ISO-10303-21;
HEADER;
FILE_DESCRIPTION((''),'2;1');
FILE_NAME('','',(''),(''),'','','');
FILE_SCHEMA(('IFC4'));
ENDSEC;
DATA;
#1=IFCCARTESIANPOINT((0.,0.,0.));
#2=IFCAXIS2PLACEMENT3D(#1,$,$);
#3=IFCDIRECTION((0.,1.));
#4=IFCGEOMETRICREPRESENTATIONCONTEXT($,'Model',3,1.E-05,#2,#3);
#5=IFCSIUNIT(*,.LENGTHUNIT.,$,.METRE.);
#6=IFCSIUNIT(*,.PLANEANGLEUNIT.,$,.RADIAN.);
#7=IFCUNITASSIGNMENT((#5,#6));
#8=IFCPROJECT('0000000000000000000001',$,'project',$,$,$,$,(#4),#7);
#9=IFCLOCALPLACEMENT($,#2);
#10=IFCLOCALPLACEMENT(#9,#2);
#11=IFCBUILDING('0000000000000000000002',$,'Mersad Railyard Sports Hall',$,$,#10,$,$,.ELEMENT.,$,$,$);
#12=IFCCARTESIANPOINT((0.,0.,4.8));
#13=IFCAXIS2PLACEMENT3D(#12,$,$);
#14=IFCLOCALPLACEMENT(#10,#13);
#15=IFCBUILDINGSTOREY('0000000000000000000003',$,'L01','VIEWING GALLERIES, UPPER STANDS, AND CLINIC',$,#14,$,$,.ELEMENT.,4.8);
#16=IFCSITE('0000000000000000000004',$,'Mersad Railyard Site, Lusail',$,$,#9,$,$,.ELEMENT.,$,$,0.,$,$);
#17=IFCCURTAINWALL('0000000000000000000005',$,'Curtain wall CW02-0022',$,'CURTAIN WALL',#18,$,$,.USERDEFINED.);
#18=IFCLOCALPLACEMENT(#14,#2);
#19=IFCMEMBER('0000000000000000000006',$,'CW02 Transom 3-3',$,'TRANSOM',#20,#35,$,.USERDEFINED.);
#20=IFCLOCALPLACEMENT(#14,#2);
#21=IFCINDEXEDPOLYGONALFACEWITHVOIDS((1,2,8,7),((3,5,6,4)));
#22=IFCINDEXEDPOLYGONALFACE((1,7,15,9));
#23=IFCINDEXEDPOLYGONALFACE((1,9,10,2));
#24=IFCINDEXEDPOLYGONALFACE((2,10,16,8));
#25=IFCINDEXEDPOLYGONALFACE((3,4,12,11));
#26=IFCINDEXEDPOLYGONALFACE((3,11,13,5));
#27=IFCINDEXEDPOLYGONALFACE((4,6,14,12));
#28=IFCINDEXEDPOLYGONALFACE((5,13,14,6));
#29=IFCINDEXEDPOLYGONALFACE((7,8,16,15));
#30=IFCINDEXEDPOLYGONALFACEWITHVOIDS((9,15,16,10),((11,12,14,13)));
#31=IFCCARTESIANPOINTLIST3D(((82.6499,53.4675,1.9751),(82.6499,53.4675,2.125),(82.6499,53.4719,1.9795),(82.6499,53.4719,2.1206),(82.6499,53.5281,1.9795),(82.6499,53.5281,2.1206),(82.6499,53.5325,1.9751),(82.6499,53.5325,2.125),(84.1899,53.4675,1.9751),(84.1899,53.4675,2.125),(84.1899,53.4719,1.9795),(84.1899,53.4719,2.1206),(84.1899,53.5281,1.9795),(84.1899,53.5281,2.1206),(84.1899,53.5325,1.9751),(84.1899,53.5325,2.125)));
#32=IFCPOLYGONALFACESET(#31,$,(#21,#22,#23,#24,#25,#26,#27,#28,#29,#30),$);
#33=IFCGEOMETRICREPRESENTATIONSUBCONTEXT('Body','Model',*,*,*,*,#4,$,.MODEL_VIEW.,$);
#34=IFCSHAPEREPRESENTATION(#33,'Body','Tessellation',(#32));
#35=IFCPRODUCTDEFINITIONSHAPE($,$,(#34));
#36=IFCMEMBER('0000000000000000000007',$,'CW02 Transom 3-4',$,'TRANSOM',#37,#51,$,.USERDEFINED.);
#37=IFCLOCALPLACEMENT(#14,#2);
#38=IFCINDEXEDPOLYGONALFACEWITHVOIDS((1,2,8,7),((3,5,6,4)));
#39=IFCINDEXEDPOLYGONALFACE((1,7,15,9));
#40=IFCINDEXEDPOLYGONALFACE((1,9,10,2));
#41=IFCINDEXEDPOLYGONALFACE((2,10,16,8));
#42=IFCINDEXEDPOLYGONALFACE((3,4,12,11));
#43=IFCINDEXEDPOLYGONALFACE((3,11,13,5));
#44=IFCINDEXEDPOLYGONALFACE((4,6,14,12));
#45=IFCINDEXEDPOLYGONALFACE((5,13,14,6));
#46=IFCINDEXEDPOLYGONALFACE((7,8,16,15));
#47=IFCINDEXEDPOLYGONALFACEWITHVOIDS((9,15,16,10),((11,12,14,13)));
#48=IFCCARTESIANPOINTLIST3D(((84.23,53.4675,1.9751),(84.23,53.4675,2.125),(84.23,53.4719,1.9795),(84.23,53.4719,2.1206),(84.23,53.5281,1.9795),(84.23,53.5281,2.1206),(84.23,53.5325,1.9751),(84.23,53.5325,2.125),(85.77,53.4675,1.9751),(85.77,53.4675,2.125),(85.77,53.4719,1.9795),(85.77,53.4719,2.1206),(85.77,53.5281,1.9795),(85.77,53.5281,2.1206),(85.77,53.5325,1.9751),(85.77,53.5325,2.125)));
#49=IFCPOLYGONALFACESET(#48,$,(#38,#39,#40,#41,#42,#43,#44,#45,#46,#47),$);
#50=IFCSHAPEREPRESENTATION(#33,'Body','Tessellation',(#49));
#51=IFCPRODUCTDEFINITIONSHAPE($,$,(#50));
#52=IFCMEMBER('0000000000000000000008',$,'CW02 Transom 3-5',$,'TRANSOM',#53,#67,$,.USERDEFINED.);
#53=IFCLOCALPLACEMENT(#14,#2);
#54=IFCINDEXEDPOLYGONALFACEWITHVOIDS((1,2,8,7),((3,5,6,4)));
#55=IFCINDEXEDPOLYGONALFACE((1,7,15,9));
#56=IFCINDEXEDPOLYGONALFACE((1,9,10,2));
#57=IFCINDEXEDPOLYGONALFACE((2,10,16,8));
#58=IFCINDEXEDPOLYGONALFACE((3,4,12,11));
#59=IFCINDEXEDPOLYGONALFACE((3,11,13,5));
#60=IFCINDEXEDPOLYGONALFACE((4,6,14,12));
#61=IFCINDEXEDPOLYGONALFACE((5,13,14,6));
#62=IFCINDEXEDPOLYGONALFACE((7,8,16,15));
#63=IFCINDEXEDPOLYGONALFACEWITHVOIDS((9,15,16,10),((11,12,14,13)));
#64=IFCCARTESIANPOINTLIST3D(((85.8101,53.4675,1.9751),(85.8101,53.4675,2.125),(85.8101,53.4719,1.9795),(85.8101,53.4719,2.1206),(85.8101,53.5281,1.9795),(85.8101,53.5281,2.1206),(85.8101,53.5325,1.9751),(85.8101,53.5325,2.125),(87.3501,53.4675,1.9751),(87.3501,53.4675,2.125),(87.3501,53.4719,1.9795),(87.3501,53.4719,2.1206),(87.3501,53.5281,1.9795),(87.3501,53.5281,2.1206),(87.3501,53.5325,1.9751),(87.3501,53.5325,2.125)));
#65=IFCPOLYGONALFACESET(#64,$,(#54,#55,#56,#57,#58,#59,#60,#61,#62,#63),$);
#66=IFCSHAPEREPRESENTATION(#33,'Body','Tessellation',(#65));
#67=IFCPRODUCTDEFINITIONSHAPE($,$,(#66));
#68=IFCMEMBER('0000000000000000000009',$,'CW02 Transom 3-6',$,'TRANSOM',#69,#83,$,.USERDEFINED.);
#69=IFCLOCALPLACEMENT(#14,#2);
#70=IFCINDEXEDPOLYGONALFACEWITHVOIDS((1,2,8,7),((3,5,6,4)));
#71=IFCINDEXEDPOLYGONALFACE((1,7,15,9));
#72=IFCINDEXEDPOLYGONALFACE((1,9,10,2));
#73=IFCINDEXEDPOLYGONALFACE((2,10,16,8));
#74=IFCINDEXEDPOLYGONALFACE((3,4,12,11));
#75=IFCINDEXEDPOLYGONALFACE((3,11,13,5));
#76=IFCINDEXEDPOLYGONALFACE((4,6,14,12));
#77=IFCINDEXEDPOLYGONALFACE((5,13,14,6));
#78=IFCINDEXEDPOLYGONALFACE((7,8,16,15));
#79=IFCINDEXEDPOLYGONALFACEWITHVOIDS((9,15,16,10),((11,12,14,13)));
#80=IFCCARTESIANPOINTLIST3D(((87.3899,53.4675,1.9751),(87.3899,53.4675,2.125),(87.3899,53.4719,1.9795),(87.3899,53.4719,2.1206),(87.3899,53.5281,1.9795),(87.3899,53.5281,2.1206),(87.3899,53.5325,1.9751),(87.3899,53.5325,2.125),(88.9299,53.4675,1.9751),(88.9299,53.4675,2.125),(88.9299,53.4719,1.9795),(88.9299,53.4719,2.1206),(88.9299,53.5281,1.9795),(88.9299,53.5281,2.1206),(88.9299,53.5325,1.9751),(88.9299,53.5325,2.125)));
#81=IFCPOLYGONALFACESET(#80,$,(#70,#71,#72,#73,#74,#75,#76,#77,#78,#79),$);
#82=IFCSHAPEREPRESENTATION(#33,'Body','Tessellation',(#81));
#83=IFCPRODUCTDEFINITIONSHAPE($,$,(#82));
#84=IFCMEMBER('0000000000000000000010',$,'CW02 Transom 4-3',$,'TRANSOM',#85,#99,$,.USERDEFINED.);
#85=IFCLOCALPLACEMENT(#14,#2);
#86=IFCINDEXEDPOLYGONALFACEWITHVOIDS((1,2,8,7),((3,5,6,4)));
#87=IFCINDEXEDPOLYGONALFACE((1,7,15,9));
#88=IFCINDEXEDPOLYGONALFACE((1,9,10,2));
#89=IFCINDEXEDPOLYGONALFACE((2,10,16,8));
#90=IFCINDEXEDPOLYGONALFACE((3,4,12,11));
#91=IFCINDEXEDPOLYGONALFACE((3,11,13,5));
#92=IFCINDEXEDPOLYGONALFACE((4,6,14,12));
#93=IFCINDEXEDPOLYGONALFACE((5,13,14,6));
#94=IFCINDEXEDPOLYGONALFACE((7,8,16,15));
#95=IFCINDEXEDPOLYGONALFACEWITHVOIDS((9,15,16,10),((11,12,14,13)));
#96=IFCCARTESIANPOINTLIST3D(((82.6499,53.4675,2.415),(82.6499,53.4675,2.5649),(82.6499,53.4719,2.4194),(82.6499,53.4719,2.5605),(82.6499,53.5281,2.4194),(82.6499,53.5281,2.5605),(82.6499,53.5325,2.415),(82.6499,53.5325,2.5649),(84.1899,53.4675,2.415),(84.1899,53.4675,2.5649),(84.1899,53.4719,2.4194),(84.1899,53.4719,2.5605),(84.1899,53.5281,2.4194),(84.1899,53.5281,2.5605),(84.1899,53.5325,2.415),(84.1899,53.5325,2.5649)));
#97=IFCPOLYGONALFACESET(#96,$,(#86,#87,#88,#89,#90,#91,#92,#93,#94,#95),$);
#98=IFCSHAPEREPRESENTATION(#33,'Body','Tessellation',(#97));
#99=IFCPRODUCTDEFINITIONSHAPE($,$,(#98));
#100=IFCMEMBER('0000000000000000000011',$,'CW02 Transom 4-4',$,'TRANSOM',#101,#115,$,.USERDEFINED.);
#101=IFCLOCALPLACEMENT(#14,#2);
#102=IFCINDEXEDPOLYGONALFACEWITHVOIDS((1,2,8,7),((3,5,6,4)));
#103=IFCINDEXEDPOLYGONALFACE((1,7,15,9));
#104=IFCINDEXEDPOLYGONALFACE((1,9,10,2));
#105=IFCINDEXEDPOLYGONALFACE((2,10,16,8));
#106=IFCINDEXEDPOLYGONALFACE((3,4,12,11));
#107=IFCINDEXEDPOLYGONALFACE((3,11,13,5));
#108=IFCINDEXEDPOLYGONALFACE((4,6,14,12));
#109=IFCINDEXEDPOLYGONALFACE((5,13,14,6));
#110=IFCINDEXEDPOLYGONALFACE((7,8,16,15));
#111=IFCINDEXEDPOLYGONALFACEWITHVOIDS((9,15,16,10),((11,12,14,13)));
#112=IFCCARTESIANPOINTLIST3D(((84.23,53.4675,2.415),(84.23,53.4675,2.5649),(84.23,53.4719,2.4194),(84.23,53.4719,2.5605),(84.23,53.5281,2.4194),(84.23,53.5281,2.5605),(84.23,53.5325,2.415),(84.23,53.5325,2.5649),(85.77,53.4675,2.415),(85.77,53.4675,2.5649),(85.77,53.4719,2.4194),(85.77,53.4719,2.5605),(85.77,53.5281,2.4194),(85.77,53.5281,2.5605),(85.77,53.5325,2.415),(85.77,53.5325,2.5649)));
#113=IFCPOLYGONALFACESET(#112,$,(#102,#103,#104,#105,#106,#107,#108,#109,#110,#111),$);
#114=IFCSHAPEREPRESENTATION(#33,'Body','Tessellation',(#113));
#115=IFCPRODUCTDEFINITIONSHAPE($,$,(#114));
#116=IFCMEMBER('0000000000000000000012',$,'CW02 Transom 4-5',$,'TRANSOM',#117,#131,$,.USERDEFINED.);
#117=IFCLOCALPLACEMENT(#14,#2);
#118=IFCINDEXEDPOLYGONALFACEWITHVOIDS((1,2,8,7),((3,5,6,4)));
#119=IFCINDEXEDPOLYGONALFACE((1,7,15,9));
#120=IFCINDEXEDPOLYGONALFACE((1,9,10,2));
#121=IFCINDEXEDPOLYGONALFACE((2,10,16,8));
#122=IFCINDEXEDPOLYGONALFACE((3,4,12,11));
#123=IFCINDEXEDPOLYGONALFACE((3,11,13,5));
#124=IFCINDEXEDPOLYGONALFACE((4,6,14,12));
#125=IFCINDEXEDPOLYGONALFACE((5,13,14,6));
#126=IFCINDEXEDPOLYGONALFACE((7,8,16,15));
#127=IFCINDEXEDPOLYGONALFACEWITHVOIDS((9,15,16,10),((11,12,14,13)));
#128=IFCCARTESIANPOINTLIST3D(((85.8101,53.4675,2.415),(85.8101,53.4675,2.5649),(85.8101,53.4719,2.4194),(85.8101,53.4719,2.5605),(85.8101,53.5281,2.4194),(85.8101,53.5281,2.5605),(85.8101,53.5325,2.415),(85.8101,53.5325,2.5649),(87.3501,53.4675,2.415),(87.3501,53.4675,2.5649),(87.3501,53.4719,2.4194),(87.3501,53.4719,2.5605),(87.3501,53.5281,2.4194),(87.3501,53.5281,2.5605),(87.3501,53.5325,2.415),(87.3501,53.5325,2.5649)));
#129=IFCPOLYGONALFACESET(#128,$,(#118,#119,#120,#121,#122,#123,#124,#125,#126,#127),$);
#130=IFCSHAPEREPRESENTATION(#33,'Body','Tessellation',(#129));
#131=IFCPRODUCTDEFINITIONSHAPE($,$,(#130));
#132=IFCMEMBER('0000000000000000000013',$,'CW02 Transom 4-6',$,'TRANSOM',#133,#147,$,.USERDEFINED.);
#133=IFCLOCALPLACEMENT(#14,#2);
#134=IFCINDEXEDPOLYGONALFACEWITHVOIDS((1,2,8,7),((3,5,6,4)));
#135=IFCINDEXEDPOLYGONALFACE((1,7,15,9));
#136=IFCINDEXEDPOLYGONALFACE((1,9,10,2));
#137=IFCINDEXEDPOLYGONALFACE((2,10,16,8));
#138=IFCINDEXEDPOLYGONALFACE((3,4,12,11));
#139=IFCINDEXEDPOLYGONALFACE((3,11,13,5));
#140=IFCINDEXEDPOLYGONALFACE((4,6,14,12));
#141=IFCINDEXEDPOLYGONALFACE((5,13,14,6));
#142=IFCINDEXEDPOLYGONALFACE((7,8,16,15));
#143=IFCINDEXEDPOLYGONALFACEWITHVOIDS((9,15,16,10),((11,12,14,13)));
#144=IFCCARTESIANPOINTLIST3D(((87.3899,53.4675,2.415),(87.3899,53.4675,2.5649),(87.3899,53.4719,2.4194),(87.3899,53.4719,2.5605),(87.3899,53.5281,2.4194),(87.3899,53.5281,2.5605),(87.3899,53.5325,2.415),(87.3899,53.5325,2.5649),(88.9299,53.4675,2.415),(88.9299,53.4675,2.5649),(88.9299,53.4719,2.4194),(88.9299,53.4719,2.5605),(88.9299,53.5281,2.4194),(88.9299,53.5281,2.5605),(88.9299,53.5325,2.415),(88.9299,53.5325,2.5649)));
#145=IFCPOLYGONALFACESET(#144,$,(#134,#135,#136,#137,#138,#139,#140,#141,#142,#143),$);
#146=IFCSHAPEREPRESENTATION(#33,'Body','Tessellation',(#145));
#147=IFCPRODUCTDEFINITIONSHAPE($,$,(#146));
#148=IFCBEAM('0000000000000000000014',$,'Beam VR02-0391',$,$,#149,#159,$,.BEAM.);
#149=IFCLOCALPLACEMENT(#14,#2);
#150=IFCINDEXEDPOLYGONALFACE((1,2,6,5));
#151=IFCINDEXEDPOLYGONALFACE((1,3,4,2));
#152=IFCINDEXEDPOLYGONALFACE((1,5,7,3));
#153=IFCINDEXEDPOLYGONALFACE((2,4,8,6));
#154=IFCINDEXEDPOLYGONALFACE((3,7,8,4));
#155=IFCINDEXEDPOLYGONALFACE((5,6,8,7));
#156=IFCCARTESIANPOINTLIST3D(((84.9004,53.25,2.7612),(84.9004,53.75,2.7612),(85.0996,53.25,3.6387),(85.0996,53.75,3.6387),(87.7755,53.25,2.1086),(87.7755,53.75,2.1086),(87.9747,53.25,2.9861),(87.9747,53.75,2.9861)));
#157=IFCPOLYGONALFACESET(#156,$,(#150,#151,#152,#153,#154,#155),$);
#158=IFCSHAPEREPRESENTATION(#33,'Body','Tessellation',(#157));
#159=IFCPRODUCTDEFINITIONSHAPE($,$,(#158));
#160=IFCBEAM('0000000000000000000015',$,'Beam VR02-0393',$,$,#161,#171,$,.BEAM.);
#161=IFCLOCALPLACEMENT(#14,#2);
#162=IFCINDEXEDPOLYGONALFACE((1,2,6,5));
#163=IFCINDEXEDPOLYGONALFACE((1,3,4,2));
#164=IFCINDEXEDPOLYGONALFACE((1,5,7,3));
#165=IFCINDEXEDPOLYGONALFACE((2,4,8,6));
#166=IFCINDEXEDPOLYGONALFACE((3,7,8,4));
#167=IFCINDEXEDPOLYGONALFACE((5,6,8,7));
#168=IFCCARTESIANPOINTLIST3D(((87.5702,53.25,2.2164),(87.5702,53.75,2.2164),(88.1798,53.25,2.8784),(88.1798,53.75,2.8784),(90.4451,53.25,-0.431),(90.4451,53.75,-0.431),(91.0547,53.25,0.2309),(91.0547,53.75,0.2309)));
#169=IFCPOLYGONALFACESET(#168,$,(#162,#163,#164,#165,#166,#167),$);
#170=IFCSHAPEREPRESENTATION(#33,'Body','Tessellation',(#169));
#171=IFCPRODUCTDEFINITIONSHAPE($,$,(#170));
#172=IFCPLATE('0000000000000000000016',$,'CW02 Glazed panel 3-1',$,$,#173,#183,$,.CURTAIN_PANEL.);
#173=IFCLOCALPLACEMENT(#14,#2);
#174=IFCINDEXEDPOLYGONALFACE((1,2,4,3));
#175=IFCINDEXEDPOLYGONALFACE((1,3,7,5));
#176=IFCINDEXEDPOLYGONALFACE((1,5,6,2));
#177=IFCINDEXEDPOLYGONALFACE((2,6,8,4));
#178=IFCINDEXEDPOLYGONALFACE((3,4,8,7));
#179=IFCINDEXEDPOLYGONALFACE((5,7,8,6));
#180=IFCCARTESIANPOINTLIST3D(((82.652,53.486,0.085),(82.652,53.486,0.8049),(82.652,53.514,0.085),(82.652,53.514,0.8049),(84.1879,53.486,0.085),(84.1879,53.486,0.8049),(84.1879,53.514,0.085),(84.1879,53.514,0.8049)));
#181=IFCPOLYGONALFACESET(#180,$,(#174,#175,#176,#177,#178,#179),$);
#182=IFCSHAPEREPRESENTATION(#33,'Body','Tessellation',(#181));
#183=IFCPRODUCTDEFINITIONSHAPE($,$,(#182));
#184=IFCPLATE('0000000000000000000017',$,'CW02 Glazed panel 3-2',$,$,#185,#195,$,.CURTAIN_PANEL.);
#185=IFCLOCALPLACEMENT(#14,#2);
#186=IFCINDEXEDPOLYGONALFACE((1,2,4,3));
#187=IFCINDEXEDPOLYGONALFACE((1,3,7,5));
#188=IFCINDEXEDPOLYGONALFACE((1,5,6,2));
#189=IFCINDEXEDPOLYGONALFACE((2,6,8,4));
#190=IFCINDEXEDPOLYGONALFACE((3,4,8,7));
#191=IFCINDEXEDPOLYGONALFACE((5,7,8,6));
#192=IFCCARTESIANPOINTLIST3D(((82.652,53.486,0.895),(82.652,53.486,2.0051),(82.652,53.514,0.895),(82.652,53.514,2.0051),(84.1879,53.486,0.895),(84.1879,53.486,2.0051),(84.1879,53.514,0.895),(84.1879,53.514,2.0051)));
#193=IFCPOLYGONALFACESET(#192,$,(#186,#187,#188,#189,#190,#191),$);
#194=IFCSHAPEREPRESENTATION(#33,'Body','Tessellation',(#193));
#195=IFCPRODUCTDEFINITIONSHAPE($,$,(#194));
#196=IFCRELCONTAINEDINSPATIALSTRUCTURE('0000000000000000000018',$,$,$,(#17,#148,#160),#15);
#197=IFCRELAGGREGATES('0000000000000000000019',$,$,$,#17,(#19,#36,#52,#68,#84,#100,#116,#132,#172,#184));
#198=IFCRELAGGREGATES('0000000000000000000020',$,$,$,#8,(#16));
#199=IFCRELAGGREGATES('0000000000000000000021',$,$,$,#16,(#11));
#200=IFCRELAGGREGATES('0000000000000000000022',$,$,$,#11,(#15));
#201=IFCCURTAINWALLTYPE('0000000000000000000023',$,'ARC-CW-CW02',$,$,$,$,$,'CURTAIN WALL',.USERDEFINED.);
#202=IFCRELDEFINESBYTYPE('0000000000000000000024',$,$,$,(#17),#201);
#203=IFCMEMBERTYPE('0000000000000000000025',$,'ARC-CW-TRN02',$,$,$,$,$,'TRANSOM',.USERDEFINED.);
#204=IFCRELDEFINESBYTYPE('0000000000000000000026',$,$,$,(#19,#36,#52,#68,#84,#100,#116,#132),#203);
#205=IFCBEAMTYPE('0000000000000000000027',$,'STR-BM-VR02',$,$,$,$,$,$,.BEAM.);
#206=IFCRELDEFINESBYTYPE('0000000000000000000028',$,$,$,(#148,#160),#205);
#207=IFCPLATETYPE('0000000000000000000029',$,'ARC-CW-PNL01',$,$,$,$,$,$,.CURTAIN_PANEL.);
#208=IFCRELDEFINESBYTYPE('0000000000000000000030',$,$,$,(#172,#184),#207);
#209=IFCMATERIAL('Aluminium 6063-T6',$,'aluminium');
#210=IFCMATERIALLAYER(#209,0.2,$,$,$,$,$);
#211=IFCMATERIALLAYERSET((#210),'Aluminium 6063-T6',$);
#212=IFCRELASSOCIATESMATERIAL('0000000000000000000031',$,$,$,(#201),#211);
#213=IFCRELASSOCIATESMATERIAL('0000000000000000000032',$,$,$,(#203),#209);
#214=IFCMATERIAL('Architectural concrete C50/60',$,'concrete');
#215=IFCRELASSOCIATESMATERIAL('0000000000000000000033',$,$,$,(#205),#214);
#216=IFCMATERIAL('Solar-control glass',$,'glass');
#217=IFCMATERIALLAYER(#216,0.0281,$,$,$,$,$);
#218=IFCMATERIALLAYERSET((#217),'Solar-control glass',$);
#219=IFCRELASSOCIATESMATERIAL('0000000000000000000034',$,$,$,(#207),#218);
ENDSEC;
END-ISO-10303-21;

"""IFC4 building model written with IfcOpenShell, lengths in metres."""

from ifc_helpers import new_model, si_unit, direction, frame, origin, origin_2d, place, context, subcontext, project, spatial, rectangle, hollow_rectangle, extrude, material, layer, layer_set, material_profile, profile_set, type_object, element, aggregate, save


model = new_model("IFC4")

# Units and contexts
model_context = context("Model", 3, precision=1e-05, world=origin(), true_north=direction((0.0, 1.0)))
body_context = subcontext(model_context, "Body", "Model", "MODEL_VIEW")
ifc_project = project(units=[si_unit("LENGTHUNIT", "METRE"), si_unit("PLANEANGLEUNIT", "RADIAN")], contexts=[model_context])

# Site, building, storey
site_placement = place(None, origin())
site = spatial("IfcSite", under=ifc_project, at=site_placement, Name="Mersad Railyard Site, Lusail", CompositionType="ELEMENT", RefElevation=0.0)
building_placement = place(site_placement, origin())
building = spatial("IfcBuilding", under=site, at=building_placement, Name="Mersad Railyard Sports Hall", CompositionType="ELEMENT")
storey_placement = place(building_placement, frame((0.0, 0.0, 4.8)))
storey = spatial("IfcBuildingStorey", under=building, at=storey_placement, Name="L01", Description="VIEWING GALLERIES, UPPER STANDS, AND CLINIC", CompositionType="ELEMENT", Elevation=4.8)

# Curtain wall, members
ifc_material_1 = material(Name="Aluminium 6063-T6", Category="aluminium")
ifc_layer_1 = layer(ifc_material_1, 0.2)
ifc_layer_set_1 = layer_set([ifc_layer_1], Name="Aluminium 6063-T6")
curtain_wall_type = type_object("IfcCurtainWallType", Name="ARC-CW-CW02", ElementType="CURTAIN WALL", PredefinedType="USERDEFINED", material=ifc_layer_set_1)
curtain_wall_placement = place(storey_placement, origin())
curtain_wall = element("IfcCurtainWall", 1, at=curtain_wall_placement, inside=storey, type_object=curtain_wall_type, Name="Curtain wall CW02-0022", ObjectType="CURTAIN WALL", PredefinedType="USERDEFINED")
ifc_material_profile_1 = material_profile(ifc_material_1, hollow_rectangle(XDim=0.0649, YDim=0.1499, WallThickness=0.0044, at=origin_2d()), Name="AL TRANSOM 65x150x4.5")
ifc_profile_set_1 = profile_set([ifc_material_profile_1], Name="Aluminium 6063-T6")
member_type_1 = type_object("IfcMemberType", Name="ARC-CW-TRN02", ElementType="TRANSOM", PredefinedType="USERDEFINED", material=ifc_profile_set_1)
member_1_placement = place(storey_placement, frame((82.6499, 53.5, 2.05), z_axis=(1.0, 0.0, 0.0), x_axis=(0.0, 1.0, 0.0)))
member_1 = element("IfcMember", 2, at=member_1_placement, type_object=member_type_1, Name="CW02 Transom 3-3", ObjectType="TRANSOM", PredefinedType="USERDEFINED", context=body_context, shape_type="SweptSolid", body=[
    extrude(hollow_rectangle(XDim=0.0649, YDim=0.1499, WallThickness=0.0044, at=origin_2d()), origin(), (0.0, 0.0, 1.0), 1.54),
])
member_2_placement = place(storey_placement, frame((84.23, 53.5, 2.05), z_axis=(1.0, 0.0, 0.0), x_axis=(0.0, 1.0, 0.0)))
member_2 = element("IfcMember", 3, at=member_2_placement, type_object=member_type_1, Name="CW02 Transom 3-4", ObjectType="TRANSOM", PredefinedType="USERDEFINED", context=body_context, shape_type="SweptSolid", body=[
    extrude(hollow_rectangle(XDim=0.0649, YDim=0.1499, WallThickness=0.0044, at=origin_2d()), origin(), (0.0, 0.0, 1.0), 1.54),
])
member_3_placement = place(storey_placement, frame((85.8101, 53.5, 2.05), z_axis=(1.0, 0.0, 0.0), x_axis=(0.0, 1.0, 0.0)))
member_3 = element("IfcMember", 4, at=member_3_placement, type_object=member_type_1, Name="CW02 Transom 3-5", ObjectType="TRANSOM", PredefinedType="USERDEFINED", context=body_context, shape_type="SweptSolid", body=[
    extrude(hollow_rectangle(XDim=0.0649, YDim=0.1499, WallThickness=0.0044, at=origin_2d()), origin(), (0.0, 0.0, 1.0), 1.54),
])
member_4_placement = place(storey_placement, frame((87.3899, 53.5, 2.05), z_axis=(1.0, 0.0, 0.0), x_axis=(0.0, 1.0, 0.0)))
member_4 = element("IfcMember", 5, at=member_4_placement, type_object=member_type_1, Name="CW02 Transom 3-6", ObjectType="TRANSOM", PredefinedType="USERDEFINED", context=body_context, shape_type="SweptSolid", body=[
    extrude(hollow_rectangle(XDim=0.0649, YDim=0.1499, WallThickness=0.0044, at=origin_2d()), origin(), (0.0, 0.0, 1.0), 1.54),
])
member_5_placement = place(storey_placement, frame((82.6499, 53.5, 2.49), z_axis=(1.0, 0.0, 0.0), x_axis=(0.0, 1.0, 0.0)))
member_5 = element("IfcMember", 6, at=member_5_placement, type_object=member_type_1, Name="CW02 Transom 4-3", ObjectType="TRANSOM", PredefinedType="USERDEFINED", context=body_context, shape_type="SweptSolid", body=[
    extrude(hollow_rectangle(XDim=0.0649, YDim=0.1499, WallThickness=0.0044, at=origin_2d()), origin(), (0.0, 0.0, 1.0), 1.54),
])
member_6_placement = place(storey_placement, frame((84.23, 53.5, 2.49), z_axis=(1.0, 0.0, 0.0), x_axis=(0.0, 1.0, 0.0)))
member_6 = element("IfcMember", 7, at=member_6_placement, type_object=member_type_1, Name="CW02 Transom 4-4", ObjectType="TRANSOM", PredefinedType="USERDEFINED", context=body_context, shape_type="SweptSolid", body=[
    extrude(hollow_rectangle(XDim=0.0649, YDim=0.1499, WallThickness=0.0044, at=origin_2d()), origin(), (0.0, 0.0, 1.0), 1.54),
])
member_7_placement = place(storey_placement, frame((85.8101, 53.5, 2.49), z_axis=(1.0, 0.0, 0.0), x_axis=(0.0, 1.0, 0.0)))
member_7 = element("IfcMember", 8, at=member_7_placement, type_object=member_type_1, Name="CW02 Transom 4-5", ObjectType="TRANSOM", PredefinedType="USERDEFINED", context=body_context, shape_type="SweptSolid", body=[
    extrude(hollow_rectangle(XDim=0.0649, YDim=0.1499, WallThickness=0.0044, at=origin_2d()), origin(), (0.0, 0.0, 1.0), 1.54),
])
member_8_placement = place(storey_placement, frame((87.3899, 53.5, 2.49), z_axis=(1.0, 0.0, 0.0), x_axis=(0.0, 1.0, 0.0)))
member_8 = element("IfcMember", 9, at=member_8_placement, type_object=member_type_1, Name="CW02 Transom 4-6", ObjectType="TRANSOM", PredefinedType="USERDEFINED", context=body_context, shape_type="SweptSolid", body=[
    extrude(hollow_rectangle(XDim=0.0649, YDim=0.1499, WallThickness=0.0044, at=origin_2d()), origin(), (0.0, 0.0, 1.0), 1.54),
])

# Beams
ifc_material_2 = material(Name="Architectural concrete C50/60", Category="concrete")
ifc_material_profile_2 = material_profile(ifc_material_2, rectangle(XDim=0.5, YDim=0.8999, at=origin_2d()), Name="VR 500x900")
ifc_profile_set_2 = profile_set([ifc_material_profile_2], Name="Architectural concrete C50/60")
beam_type = type_object("IfcBeamType", Name="STR-BM-VR02", PredefinedType="BEAM", material=ifc_profile_set_2)
beam_1_placement = place(storey_placement, frame((85.0, 53.5, 3.2), z_axis=(0.975193, 0.0, -0.221356), x_axis=(0.0, 1.0, 0.0)))
element("IfcBeam", 10, at=beam_1_placement, inside=storey, type_object=beam_type, Name="Beam VR02-0391", PredefinedType="BEAM", context=body_context, shape_type="SweptSolid", body=[
    extrude(rectangle(XDim=0.5, YDim=0.8999, at=origin_2d()), origin(), (0.0, 0.0, 1.0), 2.9482),
])
beam_2_placement = place(storey_placement, frame((87.875, 53.5, 2.5474), z_axis=(0.735617, 0.0, -0.677397), x_axis=(0.0, 1.0, 0.0)))
element("IfcBeam", 11, at=beam_2_placement, inside=storey, type_object=beam_type, Name="Beam VR02-0393", PredefinedType="BEAM", context=body_context, shape_type="SweptSolid", body=[
    extrude(rectangle(XDim=0.5, YDim=0.8999, at=origin_2d()), origin(), (0.0, 0.0, 1.0), 3.9082),
])

# Plates
ifc_material_3 = material(Name="Solar-control glass", Category="glass")
ifc_layer_2 = layer(ifc_material_3, 0.0281)
ifc_layer_set_2 = layer_set([ifc_layer_2], Name="Solar-control glass")
plate_type_1 = type_object("IfcPlateType", Name="ARC-CW-PNL01", PredefinedType="CURTAIN_PANEL", material=ifc_layer_set_2)
plate_1_placement = place(storey_placement, frame((83.4199, 53.5, 0.085), z_axis=(0.0, 0.0, 1.0), x_axis=(1.0, 0.0, 0.0)))
plate_1 = element("IfcPlate", 12, at=plate_1_placement, type_object=plate_type_1, Name="CW02 Glazed panel 3-1", PredefinedType="CURTAIN_PANEL", context=body_context, shape_type="SweptSolid", body=[
    extrude(rectangle(XDim=1.5359, YDim=0.0281, at=origin_2d()), origin(), (0.0, 0.0, 1.0), 0.72),
])
plate_2_placement = place(storey_placement, frame((83.4199, 53.5, 0.895), z_axis=(0.0, 0.0, 1.0), x_axis=(1.0, 0.0, 0.0)))
plate_2 = element("IfcPlate", 13, at=plate_2_placement, type_object=plate_type_1, Name="CW02 Glazed panel 3-2", PredefinedType="CURTAIN_PANEL", context=body_context, shape_type="SweptSolid", body=[
    extrude(rectangle(XDim=1.5359, YDim=0.0281, at=origin_2d()), origin(), (0.0, 0.0, 1.0), 1.1101),
])
aggregate(curtain_wall, [member_1, member_2, member_3, member_4, member_5, member_6, member_7, member_8, plate_1, plate_2])

save(model, "model.ifc")
